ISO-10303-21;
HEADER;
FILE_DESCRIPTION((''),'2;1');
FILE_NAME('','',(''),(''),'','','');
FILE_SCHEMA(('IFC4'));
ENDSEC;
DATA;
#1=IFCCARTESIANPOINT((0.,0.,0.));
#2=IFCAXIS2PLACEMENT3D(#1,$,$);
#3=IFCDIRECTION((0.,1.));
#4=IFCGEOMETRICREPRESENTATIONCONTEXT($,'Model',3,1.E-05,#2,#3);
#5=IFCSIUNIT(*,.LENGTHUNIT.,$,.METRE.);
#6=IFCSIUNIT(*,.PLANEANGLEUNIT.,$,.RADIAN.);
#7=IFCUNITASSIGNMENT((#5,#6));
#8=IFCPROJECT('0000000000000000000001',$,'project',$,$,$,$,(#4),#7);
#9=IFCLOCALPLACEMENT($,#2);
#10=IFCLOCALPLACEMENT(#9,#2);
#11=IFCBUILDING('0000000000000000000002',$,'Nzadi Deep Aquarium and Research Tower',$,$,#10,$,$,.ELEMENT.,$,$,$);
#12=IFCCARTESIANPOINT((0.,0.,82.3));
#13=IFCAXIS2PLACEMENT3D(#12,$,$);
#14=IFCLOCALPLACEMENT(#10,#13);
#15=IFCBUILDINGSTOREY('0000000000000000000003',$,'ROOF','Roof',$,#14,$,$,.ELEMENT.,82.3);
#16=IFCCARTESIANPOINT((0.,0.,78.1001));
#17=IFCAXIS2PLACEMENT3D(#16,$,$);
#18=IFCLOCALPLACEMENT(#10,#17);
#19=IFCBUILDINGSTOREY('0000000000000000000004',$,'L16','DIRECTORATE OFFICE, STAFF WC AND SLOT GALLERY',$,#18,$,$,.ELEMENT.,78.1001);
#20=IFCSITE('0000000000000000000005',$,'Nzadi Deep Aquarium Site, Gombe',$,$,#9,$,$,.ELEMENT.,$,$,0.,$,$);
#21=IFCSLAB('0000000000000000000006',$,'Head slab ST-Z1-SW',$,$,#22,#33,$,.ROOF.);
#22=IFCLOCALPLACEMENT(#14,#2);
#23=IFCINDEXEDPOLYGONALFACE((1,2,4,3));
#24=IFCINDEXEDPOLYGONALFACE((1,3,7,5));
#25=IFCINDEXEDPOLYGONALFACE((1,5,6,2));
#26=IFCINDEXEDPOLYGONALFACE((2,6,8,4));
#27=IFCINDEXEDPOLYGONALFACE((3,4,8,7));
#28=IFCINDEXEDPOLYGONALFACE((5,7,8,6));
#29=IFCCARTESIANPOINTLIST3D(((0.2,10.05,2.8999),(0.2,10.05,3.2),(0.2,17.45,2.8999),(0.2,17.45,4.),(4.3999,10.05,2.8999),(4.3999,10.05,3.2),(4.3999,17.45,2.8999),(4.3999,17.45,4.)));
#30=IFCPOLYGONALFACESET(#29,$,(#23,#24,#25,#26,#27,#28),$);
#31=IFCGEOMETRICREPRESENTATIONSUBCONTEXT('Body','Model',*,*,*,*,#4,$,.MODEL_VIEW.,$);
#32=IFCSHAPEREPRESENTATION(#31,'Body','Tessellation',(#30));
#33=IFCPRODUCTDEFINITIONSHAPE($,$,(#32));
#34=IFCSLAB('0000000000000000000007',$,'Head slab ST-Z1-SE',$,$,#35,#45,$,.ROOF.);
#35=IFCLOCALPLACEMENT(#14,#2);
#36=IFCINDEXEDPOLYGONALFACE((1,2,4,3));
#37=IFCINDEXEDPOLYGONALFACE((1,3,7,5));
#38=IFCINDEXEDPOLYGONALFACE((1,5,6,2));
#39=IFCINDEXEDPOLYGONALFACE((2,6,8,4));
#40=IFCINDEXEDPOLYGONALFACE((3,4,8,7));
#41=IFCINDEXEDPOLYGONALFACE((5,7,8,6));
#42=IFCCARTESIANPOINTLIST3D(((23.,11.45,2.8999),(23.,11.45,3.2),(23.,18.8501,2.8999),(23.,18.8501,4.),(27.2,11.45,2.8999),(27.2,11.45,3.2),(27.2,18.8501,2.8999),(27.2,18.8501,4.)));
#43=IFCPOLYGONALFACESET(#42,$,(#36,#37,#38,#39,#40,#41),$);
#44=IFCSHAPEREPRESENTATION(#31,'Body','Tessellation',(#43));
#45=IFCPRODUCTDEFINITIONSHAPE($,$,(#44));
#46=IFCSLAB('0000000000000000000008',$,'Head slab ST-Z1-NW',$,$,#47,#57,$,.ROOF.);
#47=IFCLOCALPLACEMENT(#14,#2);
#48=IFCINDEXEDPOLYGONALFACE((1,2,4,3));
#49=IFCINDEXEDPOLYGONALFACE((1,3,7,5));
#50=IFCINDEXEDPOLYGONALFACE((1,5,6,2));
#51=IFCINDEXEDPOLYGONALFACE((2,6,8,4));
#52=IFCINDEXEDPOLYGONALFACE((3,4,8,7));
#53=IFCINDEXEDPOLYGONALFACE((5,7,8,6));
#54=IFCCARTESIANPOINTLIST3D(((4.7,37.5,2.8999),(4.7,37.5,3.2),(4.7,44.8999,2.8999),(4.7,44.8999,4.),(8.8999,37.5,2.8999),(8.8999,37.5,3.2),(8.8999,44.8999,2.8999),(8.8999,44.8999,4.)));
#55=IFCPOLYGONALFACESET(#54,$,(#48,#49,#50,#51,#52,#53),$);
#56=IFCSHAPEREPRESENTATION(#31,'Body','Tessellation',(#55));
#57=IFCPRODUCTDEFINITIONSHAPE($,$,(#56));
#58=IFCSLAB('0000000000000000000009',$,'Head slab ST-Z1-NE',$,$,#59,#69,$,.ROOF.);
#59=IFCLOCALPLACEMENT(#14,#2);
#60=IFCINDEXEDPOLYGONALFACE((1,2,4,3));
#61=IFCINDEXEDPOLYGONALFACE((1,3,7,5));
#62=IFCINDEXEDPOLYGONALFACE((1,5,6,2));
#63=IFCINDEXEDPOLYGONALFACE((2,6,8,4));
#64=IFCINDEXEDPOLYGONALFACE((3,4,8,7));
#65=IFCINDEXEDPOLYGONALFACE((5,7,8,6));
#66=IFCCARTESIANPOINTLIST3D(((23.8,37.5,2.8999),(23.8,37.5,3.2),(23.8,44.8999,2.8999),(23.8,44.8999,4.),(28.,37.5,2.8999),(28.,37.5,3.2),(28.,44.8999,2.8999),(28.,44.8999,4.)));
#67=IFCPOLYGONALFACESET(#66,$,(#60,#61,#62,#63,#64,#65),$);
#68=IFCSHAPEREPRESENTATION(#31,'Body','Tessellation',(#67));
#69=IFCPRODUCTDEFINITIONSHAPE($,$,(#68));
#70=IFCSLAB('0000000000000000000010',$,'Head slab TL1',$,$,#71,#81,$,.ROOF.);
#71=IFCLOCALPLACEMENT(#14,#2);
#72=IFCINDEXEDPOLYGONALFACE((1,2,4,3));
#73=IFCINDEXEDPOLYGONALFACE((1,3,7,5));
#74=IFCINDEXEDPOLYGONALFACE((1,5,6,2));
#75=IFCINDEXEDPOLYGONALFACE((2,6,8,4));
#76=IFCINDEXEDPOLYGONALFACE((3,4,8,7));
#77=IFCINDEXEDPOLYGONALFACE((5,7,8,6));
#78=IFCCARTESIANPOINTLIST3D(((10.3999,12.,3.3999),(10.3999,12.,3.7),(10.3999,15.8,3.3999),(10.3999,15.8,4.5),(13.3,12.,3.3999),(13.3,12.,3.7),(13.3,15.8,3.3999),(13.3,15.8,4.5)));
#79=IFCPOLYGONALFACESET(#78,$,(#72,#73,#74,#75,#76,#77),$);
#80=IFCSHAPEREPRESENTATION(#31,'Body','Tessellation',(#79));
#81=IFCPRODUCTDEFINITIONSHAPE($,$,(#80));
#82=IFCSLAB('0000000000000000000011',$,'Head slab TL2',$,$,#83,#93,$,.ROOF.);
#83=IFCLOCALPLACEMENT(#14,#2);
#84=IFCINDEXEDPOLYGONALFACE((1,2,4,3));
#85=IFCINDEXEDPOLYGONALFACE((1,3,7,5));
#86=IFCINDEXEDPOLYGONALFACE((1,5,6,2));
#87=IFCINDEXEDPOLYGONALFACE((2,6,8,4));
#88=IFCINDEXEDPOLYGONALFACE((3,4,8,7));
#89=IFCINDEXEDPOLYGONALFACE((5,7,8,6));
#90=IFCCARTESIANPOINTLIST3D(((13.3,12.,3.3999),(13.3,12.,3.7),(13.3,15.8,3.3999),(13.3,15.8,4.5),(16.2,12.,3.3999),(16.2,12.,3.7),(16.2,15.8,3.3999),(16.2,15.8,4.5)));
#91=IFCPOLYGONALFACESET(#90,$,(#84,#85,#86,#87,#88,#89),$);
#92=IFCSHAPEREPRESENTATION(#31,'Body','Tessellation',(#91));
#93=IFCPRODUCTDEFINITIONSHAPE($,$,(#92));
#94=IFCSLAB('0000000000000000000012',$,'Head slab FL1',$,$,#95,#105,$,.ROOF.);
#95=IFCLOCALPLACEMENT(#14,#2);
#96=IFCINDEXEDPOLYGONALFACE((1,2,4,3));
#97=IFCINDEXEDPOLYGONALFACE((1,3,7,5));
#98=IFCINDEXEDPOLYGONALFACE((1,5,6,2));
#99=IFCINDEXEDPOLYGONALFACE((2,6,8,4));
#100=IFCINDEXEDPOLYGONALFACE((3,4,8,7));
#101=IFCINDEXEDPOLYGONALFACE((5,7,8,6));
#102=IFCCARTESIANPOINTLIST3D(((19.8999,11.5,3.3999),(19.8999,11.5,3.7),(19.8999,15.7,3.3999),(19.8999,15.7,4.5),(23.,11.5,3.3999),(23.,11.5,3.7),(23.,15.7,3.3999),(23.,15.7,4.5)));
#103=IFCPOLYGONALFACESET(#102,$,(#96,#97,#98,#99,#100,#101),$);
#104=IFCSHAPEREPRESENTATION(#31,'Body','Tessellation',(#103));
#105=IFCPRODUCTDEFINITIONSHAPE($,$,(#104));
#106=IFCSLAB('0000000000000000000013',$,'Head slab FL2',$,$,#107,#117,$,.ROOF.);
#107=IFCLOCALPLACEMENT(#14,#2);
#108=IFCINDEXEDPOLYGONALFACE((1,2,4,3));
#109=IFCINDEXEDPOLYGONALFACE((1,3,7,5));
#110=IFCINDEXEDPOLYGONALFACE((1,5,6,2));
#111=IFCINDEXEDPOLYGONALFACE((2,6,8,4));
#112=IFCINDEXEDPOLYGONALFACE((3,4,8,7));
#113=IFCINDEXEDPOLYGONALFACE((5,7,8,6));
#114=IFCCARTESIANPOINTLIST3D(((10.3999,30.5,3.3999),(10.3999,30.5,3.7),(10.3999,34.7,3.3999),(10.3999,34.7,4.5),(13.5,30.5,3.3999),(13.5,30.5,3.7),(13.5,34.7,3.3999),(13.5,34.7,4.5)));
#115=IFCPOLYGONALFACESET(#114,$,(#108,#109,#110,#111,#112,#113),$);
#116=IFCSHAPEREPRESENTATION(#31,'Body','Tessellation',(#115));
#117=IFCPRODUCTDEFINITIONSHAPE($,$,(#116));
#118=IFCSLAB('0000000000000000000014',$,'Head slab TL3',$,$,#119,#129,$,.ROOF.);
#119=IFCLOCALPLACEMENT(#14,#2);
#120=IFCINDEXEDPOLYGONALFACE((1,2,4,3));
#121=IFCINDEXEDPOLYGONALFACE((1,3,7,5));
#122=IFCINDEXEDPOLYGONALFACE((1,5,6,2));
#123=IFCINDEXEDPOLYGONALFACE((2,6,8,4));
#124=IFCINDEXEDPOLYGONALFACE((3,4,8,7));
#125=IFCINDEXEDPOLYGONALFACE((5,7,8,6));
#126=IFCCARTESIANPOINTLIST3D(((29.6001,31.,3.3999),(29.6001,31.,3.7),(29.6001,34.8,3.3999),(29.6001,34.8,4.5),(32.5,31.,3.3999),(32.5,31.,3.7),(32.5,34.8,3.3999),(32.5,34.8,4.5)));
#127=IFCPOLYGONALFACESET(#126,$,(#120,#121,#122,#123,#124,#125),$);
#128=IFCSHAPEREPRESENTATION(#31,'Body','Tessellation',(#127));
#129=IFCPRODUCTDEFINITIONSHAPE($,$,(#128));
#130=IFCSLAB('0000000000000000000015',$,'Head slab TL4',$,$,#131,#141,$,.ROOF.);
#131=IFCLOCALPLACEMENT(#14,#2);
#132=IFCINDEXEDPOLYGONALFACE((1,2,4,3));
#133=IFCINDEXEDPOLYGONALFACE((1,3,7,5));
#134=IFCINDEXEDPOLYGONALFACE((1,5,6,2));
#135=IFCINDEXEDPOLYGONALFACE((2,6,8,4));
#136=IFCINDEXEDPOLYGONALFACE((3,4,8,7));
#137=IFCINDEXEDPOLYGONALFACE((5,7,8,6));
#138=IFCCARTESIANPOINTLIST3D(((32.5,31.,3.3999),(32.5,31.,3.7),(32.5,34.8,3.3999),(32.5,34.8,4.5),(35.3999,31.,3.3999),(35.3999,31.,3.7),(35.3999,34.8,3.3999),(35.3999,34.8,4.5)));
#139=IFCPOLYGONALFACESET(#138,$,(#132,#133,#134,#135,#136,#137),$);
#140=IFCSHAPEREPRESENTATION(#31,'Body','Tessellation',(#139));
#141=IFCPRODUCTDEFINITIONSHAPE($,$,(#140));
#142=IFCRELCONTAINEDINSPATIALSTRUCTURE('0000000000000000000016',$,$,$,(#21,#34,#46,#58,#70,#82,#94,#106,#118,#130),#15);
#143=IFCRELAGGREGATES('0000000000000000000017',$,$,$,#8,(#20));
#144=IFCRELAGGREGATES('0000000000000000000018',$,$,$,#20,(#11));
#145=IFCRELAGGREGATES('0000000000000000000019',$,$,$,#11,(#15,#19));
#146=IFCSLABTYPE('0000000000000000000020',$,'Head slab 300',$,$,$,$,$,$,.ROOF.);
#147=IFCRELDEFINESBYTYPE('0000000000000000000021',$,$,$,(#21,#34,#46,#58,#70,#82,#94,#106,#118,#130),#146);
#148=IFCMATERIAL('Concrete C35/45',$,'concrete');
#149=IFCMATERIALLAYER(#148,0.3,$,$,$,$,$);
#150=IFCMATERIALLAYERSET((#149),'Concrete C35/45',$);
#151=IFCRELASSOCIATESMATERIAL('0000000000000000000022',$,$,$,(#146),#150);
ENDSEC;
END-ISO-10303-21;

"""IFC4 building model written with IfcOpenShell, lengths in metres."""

from ifc_helpers import new_model, si_unit, direction, frame, origin, place, context, subcontext, project, spatial, polyline, outline, extrude, material, layer, layer_set, type_object, element, save


model = new_model("IFC4")

# Units and contexts
model_context = context("Model", 3, precision=1e-05, world=origin(), true_north=direction((0.0, 1.0)))
body_context = subcontext(model_context, "Body", "Model", "MODEL_VIEW")
ifc_project = project(units=[si_unit("LENGTHUNIT", "METRE"), si_unit("PLANEANGLEUNIT", "RADIAN")], contexts=[model_context])

# Site, building, storey
site_placement = place(None, origin())
site = spatial("IfcSite", under=ifc_project, at=site_placement, Name="Nzadi Deep Aquarium Site, Gombe", CompositionType="ELEMENT", RefElevation=0.0)
building_placement = place(site_placement, origin())
building = spatial("IfcBuilding", under=site, at=building_placement, Name="Nzadi Deep Aquarium and Research Tower", CompositionType="ELEMENT")
storey_1_placement = place(building_placement, frame((0.0, 0.0, 82.3)))
storey_1 = spatial("IfcBuildingStorey", under=building, at=storey_1_placement, Name="ROOF", Description="Roof", CompositionType="ELEMENT", Elevation=82.3)

# Slabs
ifc_material_1 = material(Name="Concrete C35/45", Category="concrete")
ifc_layer_1 = layer(ifc_material_1, 0.3)
ifc_layer_set_1 = layer_set([ifc_layer_1], Name="Concrete C35/45")
slab_type_1 = type_object("IfcSlabType", Name="Head slab 300", PredefinedType="ROOF", material=ifc_layer_set_1)
slab_1_placement = place(storey_1_placement, frame((0.0, 0.0, 2.8999)))
element("IfcSlab", 1, at=slab_1_placement, inside=storey_1, type_object=slab_type_1, Name="Head slab ST-Z1-SW", PredefinedType="ROOF", context=body_context, shape_type="SweptSolid", body=[
    extrude(outline(polyline([(0.0, 0.0), (7.3999, 0.0), (7.3999, 1.1001), (0.0, 0.3), (0.0, 0.0)])), frame((0.2, 10.05, 0.0), z_axis=(1.0, 0.0, 0.0), x_axis=(0.0, 1.0, 0.0)), (0.0, 0.0, 1.0), 4.2),
])
slab_2_placement = place(storey_1_placement, frame((0.0, 0.0, 2.8999)))
element("IfcSlab", 2, at=slab_2_placement, inside=storey_1, type_object=slab_type_1, Name="Head slab ST-Z1-SE", PredefinedType="ROOF", context=body_context, shape_type="SweptSolid", body=[
    extrude(outline(polyline([(0.0, 0.0), (7.4001, 0.0), (7.4001, 1.1001), (0.0, 0.3), (0.0, 0.0)])), frame((23.0, 11.45, 0.0), z_axis=(1.0, 0.0, 0.0), x_axis=(0.0, 1.0, 0.0)), (0.0, 0.0, 1.0), 4.2),
])
slab_3_placement = place(storey_1_placement, frame((0.0, 0.0, 2.8999)))
element("IfcSlab", 3, at=slab_3_placement, inside=storey_1, type_object=slab_type_1, Name="Head slab ST-Z1-NW", PredefinedType="ROOF", context=body_context, shape_type="SweptSolid", body=[
    extrude(outline(polyline([(0.0, 0.0), (7.3999, 0.0), (7.3999, 1.1001), (0.0, 0.3), (0.0, 0.0)])), frame((4.7, 37.5, 0.0), z_axis=(1.0, 0.0, 0.0), x_axis=(0.0, 1.0, 0.0)), (0.0, 0.0, 1.0), 4.2),
])
slab_4_placement = place(storey_1_placement, frame((0.0, 0.0, 2.8999)))
element("IfcSlab", 4, at=slab_4_placement, inside=storey_1, type_object=slab_type_1, Name="Head slab ST-Z1-NE", PredefinedType="ROOF", context=body_context, shape_type="SweptSolid", body=[
    extrude(outline(polyline([(0.0, 0.0), (7.3999, 0.0), (7.3999, 1.1001), (0.0, 0.3), (0.0, 0.0)])), frame((23.8, 37.5, 0.0), z_axis=(1.0, 0.0, 0.0), x_axis=(0.0, 1.0, 0.0)), (0.0, 0.0, 1.0), 4.2),
])
slab_5_placement = place(storey_1_placement, frame((0.0, 0.0, 3.3999)))
element("IfcSlab", 5, at=slab_5_placement, inside=storey_1, type_object=slab_type_1, Name="Head slab TL1", PredefinedType="ROOF", context=body_context, shape_type="SweptSolid", body=[
    extrude(outline(polyline([(0.0, 0.0), (3.8, 0.0), (3.8, 1.1001), (0.0, 0.3), (0.0, 0.0)])), frame((10.3999, 12.0, 0.0), z_axis=(1.0, 0.0, 0.0), x_axis=(0.0, 1.0, 0.0)), (0.0, 0.0, 1.0), 2.9001),
])
slab_6_placement = place(storey_1_placement, frame((0.0, 0.0, 3.3999)))
element("IfcSlab", 6, at=slab_6_placement, inside=storey_1, type_object=slab_type_1, Name="Head slab TL2", PredefinedType="ROOF", context=body_context, shape_type="SweptSolid", body=[
    extrude(outline(polyline([(0.0, 0.0), (3.8, 0.0), (3.8, 1.1001), (0.0, 0.3), (0.0, 0.0)])), frame((13.3, 12.0, 0.0), z_axis=(1.0, 0.0, 0.0), x_axis=(0.0, 1.0, 0.0)), (0.0, 0.0, 1.0), 2.8999),
])
slab_7_placement = place(storey_1_placement, frame((0.0, 0.0, 3.3999)))
element("IfcSlab", 7, at=slab_7_placement, inside=storey_1, type_object=slab_type_1, Name="Head slab FL1", PredefinedType="ROOF", context=body_context, shape_type="SweptSolid", body=[
    extrude(outline(polyline([(0.0, 0.0), (4.2, 0.0), (4.2, 1.1001), (0.0, 0.3), (0.0, 0.0)])), frame((19.8999, 11.5, 0.0), z_axis=(1.0, 0.0, 0.0), x_axis=(0.0, 1.0, 0.0)), (0.0, 0.0, 1.0), 3.1001),
])
slab_8_placement = place(storey_1_placement, frame((0.0, 0.0, 3.3999)))
element("IfcSlab", 8, at=slab_8_placement, inside=storey_1, type_object=slab_type_1, Name="Head slab FL2", PredefinedType="ROOF", context=body_context, shape_type="SweptSolid", body=[
    extrude(outline(polyline([(0.0, 0.0), (4.2, 0.0), (4.2, 1.1001), (0.0, 0.3), (0.0, 0.0)])), frame((10.3999, 30.5, 0.0), z_axis=(1.0, 0.0, 0.0), x_axis=(0.0, 1.0, 0.0)), (0.0, 0.0, 1.0), 3.1001),
])
slab_9_placement = place(storey_1_placement, frame((0.0, 0.0, 3.3999)))
element("IfcSlab", 9, at=slab_9_placement, inside=storey_1, type_object=slab_type_1, Name="Head slab TL3", PredefinedType="ROOF", context=body_context, shape_type="SweptSolid", body=[
    extrude(outline(polyline([(0.0, 0.0), (3.8, 0.0), (3.8, 1.1001), (0.0, 0.3), (0.0, 0.0)])), frame((29.6001, 31.0, 0.0), z_axis=(1.0, 0.0, 0.0), x_axis=(0.0, 1.0, 0.0)), (0.0, 0.0, 1.0), 2.8999),
])
slab_10_placement = place(storey_1_placement, frame((0.0, 0.0, 3.3999)))
element("IfcSlab", 10, at=slab_10_placement, inside=storey_1, type_object=slab_type_1, Name="Head slab TL4", PredefinedType="ROOF", context=body_context, shape_type="SweptSolid", body=[
    extrude(outline(polyline([(0.0, 0.0), (3.8, 0.0), (3.8, 1.1001), (0.0, 0.3), (0.0, 0.0)])), frame((32.5, 31.0, 0.0), z_axis=(1.0, 0.0, 0.0), x_axis=(0.0, 1.0, 0.0)), (0.0, 0.0, 1.0), 2.8999),
])

# Shared definitions
storey_2_placement = place(building_placement, frame((0.0, 0.0, 78.1001)))
storey_2 = spatial("IfcBuildingStorey", under=building, at=storey_2_placement, Name="L16", Description="DIRECTORATE OFFICE, STAFF WC AND SLOT GALLERY", CompositionType="ELEMENT", Elevation=78.1001)

save(model, "model.ifc")
